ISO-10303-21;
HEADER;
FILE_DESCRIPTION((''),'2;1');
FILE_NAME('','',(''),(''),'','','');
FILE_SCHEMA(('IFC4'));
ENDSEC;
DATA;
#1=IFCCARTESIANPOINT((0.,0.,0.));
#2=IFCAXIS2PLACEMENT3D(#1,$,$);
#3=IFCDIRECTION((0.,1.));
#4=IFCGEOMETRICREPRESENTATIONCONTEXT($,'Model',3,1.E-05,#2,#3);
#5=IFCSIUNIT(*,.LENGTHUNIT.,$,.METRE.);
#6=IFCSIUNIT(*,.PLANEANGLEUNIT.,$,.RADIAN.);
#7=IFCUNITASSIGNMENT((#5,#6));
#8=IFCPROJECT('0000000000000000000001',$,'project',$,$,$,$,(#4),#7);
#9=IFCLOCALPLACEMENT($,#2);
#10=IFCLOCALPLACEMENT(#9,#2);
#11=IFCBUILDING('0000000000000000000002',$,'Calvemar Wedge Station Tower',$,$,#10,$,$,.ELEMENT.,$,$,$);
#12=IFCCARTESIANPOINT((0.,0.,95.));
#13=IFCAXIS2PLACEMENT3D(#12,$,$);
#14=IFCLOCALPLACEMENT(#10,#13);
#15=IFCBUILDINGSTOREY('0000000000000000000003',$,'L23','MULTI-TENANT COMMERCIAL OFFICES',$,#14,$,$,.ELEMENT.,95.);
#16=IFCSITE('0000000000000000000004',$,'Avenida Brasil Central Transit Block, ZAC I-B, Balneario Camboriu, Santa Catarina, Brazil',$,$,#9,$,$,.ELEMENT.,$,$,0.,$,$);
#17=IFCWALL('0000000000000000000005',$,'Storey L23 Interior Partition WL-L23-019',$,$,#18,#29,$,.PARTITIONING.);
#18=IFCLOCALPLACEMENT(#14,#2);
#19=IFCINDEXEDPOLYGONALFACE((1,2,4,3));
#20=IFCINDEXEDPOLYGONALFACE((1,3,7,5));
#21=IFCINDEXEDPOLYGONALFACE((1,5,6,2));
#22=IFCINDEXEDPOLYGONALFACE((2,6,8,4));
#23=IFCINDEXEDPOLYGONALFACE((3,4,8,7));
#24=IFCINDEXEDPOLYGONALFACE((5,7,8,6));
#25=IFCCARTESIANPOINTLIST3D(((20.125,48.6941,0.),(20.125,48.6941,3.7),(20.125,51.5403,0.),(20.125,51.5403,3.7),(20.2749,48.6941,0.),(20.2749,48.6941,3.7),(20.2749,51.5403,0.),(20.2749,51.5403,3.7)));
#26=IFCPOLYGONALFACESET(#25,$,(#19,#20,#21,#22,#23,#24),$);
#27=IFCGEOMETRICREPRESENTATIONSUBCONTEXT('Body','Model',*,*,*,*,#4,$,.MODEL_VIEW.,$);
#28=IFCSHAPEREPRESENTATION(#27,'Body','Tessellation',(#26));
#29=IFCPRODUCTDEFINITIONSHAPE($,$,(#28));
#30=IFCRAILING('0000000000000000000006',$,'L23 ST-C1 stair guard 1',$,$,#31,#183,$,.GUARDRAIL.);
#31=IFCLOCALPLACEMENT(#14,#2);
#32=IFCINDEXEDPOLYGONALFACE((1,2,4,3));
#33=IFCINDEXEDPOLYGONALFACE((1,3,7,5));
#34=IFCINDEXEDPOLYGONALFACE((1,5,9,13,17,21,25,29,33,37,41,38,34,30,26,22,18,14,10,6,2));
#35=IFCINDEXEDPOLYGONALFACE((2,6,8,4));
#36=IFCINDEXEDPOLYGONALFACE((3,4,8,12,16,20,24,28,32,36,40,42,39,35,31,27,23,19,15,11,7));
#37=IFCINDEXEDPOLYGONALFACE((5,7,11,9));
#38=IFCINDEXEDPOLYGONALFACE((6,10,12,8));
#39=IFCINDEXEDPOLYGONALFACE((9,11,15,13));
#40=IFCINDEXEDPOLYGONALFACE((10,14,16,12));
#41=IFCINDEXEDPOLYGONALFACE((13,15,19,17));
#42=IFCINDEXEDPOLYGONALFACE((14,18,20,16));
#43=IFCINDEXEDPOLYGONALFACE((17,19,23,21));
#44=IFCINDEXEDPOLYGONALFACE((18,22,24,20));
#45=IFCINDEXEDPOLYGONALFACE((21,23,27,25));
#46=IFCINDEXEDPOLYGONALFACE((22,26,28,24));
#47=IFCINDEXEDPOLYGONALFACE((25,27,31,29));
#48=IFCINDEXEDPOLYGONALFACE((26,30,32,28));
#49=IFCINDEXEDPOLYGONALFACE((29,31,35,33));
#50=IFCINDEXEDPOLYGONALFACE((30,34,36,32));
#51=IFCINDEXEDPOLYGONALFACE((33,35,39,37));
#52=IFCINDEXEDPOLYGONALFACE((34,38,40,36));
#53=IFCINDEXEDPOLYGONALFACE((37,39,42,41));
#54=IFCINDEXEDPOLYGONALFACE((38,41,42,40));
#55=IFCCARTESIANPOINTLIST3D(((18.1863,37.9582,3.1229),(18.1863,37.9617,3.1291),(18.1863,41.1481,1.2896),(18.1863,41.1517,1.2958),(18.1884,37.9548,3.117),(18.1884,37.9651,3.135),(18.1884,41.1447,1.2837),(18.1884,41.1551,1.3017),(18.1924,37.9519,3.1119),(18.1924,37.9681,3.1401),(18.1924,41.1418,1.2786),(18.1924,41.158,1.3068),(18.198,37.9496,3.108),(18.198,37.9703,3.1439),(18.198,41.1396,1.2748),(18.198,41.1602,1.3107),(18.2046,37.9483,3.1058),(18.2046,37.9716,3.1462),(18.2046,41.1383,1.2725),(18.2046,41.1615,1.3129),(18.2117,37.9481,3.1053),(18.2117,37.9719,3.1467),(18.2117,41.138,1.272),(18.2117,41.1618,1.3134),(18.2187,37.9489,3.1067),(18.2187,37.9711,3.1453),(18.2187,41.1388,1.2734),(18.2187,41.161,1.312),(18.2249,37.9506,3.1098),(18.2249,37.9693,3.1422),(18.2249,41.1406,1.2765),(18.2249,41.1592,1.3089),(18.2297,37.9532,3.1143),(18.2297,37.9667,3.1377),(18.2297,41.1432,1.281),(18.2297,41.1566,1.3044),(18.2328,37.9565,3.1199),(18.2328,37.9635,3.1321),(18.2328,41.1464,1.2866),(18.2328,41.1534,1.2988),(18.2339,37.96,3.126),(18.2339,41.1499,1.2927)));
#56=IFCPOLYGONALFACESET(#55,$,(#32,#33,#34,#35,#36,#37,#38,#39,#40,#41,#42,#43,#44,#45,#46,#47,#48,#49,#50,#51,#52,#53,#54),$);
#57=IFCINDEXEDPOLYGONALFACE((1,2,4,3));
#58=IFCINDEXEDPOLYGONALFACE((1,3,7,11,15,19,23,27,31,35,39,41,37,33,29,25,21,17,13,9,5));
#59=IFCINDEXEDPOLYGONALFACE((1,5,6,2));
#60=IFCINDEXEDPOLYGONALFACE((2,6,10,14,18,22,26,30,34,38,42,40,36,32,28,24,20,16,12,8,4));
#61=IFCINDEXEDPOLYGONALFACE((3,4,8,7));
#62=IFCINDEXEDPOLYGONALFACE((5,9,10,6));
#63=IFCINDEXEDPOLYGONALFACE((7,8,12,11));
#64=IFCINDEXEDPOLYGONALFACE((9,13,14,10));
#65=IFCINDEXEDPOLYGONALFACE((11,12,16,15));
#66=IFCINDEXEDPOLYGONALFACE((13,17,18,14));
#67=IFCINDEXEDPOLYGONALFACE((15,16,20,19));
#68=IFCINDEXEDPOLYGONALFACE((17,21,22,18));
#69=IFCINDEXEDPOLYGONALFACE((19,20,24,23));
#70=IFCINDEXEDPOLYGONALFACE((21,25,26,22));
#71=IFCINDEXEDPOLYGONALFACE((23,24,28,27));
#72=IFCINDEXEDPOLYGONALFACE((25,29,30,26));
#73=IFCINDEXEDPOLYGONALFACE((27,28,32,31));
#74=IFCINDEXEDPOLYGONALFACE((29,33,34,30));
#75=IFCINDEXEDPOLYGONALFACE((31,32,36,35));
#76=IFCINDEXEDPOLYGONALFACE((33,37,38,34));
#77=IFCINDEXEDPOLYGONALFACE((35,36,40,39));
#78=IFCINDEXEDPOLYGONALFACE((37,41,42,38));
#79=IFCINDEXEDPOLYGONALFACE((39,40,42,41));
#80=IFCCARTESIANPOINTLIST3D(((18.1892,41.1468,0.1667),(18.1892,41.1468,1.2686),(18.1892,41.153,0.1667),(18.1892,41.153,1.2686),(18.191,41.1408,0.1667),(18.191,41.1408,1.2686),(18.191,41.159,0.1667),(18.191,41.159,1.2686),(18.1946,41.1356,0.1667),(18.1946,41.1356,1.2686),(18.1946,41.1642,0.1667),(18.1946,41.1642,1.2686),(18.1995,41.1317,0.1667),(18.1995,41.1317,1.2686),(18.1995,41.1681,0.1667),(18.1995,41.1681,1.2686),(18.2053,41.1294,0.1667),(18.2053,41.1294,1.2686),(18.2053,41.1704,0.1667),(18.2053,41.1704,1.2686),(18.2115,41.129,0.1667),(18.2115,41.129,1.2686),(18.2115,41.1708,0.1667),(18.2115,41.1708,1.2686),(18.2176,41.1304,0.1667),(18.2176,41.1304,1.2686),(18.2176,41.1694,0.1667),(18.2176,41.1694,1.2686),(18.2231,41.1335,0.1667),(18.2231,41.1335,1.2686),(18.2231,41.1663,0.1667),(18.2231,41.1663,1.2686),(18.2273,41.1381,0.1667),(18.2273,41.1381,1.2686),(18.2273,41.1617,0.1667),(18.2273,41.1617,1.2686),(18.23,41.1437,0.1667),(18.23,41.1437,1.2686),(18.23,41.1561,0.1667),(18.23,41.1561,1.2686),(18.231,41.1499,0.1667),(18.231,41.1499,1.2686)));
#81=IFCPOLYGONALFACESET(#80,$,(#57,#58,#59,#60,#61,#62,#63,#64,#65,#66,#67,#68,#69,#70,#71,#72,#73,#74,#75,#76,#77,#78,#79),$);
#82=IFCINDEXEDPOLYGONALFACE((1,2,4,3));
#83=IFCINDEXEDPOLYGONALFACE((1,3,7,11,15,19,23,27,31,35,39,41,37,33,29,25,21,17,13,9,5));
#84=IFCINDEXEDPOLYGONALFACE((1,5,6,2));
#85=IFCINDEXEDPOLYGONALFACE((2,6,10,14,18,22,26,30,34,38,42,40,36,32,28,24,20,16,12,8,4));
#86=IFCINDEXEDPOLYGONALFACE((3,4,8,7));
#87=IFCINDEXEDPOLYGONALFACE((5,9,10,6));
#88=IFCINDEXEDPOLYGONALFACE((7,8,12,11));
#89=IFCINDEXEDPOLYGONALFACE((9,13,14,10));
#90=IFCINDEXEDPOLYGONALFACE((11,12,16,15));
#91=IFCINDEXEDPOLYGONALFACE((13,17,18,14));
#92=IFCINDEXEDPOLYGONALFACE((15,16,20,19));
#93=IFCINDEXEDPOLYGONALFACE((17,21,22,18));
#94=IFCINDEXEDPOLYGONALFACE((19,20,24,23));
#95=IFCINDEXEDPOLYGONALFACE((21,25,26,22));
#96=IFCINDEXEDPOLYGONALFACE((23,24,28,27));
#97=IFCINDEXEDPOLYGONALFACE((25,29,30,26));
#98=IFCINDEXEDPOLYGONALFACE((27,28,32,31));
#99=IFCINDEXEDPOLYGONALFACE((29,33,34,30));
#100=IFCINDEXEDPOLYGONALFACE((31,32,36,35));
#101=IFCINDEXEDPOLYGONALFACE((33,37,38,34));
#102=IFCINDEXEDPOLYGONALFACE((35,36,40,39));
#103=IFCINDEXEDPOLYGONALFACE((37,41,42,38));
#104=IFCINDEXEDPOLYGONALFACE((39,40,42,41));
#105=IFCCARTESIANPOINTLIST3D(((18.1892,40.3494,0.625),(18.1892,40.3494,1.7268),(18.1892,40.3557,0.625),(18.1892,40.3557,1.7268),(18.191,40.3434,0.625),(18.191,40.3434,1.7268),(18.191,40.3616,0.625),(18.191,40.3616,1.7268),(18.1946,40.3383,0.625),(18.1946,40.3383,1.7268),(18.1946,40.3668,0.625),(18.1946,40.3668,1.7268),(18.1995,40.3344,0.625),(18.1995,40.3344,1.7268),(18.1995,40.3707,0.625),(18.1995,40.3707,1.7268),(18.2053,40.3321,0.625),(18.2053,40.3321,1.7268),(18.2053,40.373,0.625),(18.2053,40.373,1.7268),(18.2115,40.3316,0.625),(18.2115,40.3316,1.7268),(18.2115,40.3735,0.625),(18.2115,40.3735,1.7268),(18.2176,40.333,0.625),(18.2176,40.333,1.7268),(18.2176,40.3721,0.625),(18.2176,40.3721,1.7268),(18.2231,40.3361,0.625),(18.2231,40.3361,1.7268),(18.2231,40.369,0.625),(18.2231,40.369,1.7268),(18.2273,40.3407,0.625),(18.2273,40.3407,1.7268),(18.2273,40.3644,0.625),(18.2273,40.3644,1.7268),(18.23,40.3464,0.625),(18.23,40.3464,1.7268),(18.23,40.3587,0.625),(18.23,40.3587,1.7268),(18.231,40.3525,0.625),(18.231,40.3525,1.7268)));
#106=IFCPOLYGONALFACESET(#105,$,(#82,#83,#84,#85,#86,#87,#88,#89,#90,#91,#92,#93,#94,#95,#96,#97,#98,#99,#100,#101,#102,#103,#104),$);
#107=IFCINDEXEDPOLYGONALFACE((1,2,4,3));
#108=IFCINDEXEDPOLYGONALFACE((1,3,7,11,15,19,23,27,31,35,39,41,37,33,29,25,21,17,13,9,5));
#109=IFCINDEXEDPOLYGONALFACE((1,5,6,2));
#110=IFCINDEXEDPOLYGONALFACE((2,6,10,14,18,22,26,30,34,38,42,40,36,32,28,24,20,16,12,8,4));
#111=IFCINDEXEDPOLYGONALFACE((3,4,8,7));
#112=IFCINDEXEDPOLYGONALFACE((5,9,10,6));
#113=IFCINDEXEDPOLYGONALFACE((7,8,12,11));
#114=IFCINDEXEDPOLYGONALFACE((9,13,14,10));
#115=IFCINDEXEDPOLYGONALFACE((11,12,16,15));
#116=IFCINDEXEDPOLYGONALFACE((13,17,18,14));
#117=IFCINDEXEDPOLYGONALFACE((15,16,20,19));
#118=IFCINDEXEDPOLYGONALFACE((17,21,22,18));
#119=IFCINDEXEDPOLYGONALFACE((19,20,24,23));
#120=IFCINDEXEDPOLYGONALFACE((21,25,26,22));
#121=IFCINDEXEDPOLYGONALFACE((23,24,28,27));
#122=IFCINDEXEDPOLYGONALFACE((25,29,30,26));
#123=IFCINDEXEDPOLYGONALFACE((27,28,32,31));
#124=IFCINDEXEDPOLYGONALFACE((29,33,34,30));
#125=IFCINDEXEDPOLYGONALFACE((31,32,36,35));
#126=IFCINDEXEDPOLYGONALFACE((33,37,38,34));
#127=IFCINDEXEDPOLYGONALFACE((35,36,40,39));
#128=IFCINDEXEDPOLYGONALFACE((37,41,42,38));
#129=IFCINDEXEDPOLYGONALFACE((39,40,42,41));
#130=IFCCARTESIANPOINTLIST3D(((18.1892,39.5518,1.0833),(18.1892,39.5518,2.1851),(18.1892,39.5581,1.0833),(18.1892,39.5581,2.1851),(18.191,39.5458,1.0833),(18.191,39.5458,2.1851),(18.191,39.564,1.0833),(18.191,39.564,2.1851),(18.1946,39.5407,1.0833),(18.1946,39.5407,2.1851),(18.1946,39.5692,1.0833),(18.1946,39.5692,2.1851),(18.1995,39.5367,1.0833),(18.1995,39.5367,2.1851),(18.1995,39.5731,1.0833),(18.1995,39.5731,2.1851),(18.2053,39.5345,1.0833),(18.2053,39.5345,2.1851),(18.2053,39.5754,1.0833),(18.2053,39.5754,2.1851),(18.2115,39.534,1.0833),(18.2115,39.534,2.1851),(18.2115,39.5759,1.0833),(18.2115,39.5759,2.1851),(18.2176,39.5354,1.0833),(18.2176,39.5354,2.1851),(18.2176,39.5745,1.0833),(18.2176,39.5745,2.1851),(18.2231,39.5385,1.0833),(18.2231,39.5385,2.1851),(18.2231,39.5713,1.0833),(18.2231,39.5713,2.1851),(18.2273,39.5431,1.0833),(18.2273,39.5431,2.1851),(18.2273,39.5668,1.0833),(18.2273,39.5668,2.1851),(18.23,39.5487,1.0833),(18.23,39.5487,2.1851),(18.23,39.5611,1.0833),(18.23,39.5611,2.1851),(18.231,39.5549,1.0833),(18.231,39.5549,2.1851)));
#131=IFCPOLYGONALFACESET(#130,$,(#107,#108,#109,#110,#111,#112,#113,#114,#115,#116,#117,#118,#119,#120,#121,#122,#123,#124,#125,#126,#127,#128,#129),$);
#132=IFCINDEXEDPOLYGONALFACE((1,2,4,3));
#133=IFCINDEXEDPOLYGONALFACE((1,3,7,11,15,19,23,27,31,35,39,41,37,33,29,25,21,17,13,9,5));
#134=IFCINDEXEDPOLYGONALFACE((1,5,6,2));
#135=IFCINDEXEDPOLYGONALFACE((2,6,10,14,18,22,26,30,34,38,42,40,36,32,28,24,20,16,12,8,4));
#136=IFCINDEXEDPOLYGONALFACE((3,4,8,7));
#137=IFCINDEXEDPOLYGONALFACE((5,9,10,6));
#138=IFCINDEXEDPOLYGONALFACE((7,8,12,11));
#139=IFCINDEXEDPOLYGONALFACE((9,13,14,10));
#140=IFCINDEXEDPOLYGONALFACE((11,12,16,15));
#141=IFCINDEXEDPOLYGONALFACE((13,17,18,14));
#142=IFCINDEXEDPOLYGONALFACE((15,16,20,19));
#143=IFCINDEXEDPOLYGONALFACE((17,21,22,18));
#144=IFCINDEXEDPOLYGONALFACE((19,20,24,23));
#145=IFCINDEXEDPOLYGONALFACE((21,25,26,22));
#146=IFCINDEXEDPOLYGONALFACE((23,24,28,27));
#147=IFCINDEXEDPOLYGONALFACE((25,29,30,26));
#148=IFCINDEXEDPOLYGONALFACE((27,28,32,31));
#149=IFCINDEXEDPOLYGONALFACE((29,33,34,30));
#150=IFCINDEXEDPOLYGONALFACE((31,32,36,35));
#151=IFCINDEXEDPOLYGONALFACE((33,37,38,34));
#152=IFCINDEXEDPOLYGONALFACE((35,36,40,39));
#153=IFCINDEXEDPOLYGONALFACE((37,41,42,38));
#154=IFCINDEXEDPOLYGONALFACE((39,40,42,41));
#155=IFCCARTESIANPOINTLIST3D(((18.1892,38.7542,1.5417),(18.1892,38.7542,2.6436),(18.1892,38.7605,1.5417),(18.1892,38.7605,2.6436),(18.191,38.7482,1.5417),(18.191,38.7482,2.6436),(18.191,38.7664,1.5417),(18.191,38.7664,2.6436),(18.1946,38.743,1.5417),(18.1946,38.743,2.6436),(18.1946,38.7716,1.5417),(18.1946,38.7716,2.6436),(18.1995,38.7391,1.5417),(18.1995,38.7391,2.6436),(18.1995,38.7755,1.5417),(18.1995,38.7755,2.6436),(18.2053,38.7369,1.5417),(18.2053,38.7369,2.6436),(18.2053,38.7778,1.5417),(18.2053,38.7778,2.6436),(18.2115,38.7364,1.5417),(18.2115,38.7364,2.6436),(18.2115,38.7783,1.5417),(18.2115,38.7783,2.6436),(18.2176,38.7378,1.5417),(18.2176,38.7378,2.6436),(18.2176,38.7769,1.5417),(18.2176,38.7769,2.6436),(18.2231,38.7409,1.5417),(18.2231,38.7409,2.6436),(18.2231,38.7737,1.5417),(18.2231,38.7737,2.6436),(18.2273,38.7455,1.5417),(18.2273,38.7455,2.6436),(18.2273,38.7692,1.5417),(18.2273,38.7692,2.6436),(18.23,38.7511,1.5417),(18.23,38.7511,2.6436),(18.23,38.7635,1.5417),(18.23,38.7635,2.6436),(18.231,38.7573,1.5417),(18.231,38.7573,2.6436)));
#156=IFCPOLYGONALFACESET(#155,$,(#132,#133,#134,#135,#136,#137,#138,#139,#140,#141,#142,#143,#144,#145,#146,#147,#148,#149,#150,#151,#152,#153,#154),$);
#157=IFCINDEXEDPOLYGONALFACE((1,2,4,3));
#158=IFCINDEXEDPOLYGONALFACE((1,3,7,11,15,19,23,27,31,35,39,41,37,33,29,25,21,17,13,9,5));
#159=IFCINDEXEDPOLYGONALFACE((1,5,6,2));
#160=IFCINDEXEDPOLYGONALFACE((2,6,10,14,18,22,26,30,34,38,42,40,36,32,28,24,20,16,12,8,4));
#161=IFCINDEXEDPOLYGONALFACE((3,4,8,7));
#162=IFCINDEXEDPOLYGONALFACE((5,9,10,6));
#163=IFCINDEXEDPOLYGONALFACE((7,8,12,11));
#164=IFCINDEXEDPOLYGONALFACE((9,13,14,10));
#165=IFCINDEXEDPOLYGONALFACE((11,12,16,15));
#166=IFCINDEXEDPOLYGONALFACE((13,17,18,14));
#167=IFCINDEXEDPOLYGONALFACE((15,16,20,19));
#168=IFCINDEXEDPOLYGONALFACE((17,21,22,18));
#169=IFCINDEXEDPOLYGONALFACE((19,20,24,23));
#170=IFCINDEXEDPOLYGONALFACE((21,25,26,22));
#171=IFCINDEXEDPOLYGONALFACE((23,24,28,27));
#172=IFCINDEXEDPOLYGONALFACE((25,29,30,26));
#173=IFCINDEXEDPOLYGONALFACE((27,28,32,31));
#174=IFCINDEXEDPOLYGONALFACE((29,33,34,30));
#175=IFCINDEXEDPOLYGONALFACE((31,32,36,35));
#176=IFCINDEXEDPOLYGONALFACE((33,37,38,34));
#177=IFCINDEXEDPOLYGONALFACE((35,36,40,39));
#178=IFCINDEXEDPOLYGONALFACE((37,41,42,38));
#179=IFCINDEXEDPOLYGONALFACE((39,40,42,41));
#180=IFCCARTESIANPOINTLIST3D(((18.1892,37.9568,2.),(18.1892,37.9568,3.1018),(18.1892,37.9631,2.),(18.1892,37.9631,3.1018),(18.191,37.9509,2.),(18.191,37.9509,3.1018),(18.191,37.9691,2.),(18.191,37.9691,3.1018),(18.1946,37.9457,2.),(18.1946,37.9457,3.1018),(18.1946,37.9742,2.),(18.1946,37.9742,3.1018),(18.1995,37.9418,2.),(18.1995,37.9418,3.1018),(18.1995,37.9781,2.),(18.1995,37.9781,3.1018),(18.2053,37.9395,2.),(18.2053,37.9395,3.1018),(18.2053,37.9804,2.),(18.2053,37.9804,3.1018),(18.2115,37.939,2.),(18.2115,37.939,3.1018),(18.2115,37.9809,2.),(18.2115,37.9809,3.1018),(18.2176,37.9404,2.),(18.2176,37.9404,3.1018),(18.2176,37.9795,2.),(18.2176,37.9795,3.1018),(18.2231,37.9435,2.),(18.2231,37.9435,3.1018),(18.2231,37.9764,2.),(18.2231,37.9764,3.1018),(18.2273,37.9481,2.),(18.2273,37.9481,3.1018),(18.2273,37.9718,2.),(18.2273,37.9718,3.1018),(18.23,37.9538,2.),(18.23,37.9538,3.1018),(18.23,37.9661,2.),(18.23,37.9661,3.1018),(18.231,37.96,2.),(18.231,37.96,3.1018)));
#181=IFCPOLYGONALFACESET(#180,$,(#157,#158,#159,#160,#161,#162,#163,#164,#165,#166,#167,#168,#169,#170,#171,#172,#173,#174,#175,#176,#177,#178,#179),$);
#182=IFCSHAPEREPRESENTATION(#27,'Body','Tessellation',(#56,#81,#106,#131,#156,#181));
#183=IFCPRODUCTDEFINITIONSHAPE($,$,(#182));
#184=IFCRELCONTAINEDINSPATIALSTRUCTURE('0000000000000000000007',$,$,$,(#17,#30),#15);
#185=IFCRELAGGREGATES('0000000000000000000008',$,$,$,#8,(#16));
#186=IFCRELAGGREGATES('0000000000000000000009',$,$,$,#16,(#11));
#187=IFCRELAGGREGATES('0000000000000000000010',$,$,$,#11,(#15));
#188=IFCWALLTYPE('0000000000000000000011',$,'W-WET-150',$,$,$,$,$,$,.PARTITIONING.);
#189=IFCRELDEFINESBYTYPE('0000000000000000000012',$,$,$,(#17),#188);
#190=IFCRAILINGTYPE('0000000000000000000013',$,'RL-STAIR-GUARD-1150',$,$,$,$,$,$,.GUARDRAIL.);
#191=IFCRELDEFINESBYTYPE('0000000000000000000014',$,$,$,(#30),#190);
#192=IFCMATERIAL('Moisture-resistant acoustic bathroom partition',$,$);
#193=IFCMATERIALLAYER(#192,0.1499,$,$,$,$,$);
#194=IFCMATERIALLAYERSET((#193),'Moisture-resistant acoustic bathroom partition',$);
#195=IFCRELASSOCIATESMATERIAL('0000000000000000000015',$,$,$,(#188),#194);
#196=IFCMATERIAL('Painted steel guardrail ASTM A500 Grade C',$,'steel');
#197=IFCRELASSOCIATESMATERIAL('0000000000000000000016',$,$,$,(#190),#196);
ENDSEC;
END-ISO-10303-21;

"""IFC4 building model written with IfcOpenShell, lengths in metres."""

from ifc_helpers import new_model, si_unit, direction, frame, frame_2d, origin, origin_2d, place, context, subcontext, project, spatial, rectangle, circle, extrude, material, layer, layer_set, type_object, element, save


model = new_model("IFC4")

# Units and contexts
model_context = context("Model", 3, precision=1e-05, world=origin(), true_north=direction((0.0, 1.0)))
body_context = subcontext(model_context, "Body", "Model", "MODEL_VIEW")
ifc_project = project(units=[si_unit("LENGTHUNIT", "METRE"), si_unit("PLANEANGLEUNIT", "RADIAN")], contexts=[model_context])

# Site, building, storey
site_placement = place(None, origin())
site = spatial("IfcSite", under=ifc_project, at=site_placement, Name="Avenida Brasil Central Transit Block, ZAC I-B, Balneario Camboriu, Santa Catarina, Brazil", CompositionType="ELEMENT", RefElevation=0.0)
building_placement = place(site_placement, origin())
building = spatial("IfcBuilding", under=site, at=building_placement, Name="Calvemar Wedge Station Tower", CompositionType="ELEMENT")
storey_placement = place(building_placement, frame((0.0, 0.0, 95.0)))
storey = spatial("IfcBuildingStorey", under=building, at=storey_placement, Name="L23", Description="MULTI-TENANT COMMERCIAL OFFICES", CompositionType="ELEMENT", Elevation=95.0)

# Wall
ifc_material_1 = material(Name="Moisture-resistant acoustic bathroom partition")
ifc_layer_1 = layer(ifc_material_1, 0.1499)
ifc_layer_set_1 = layer_set([ifc_layer_1], Name="Moisture-resistant acoustic bathroom partition")
wall_type_1 = type_object("IfcWallType", Name="W-WET-150", PredefinedType="PARTITIONING", material=ifc_layer_set_1)
wall_1_placement = place(storey_placement, frame((20.2, 51.5403, 0.0), z_axis=(0.0, 0.0, 1.0), x_axis=(0.0, -1.0, 0.0)))
element("IfcWall", 1, at=wall_1_placement, inside=storey, type_object=wall_type_1, Name="Storey L23 Interior Partition WL-L23-019", PredefinedType="PARTITIONING", context=body_context, shape_type="SweptSolid", body=[
    extrude(rectangle(XDim=2.8462, YDim=0.1499, at=frame_2d((1.4231, 0.0))), origin(), (0.0, 0.0, 1.0), 3.7),
])

# Railing
ifc_material_2 = material(Name="Painted steel guardrail ASTM A500 Grade C", Category="steel")
railing_type = type_object("IfcRailingType", Name="RL-STAIR-GUARD-1150", PredefinedType="GUARDRAIL", material=ifc_material_2)
railing_1_placement = place(storey_placement, frame((18.21, 41.1499, 0.1667)))
element("IfcRailing", 2, at=railing_1_placement, inside=storey, type_object=railing_type, Name="L23 ST-C1 stair guard 1", PredefinedType="GUARDRAIL", context=body_context, shape_type="SweptSolid", body=[
    extrude(circle(Radius=0.0239, at=origin_2d()), frame((0.0, 0.0, 1.126), z_axis=(0.0, -0.86702, 0.498274), x_axis=(1.0, 0.0, 0.0)), (0.0, 0.0, 1.0), 3.6792),
    extrude(circle(Radius=0.021, at=origin_2d()), origin(), (0.0, 0.0, 1.0), 1.1018),
    extrude(circle(Radius=0.021, at=origin_2d()), frame((0.0, -0.7974, 0.4583)), (0.0, 0.0, 1.0), 1.1018),
    extrude(circle(Radius=0.021, at=origin_2d()), frame((0.0, -1.595, 0.9165)), (0.0, 0.0, 1.0), 1.1018),
    extrude(circle(Radius=0.021, at=origin_2d()), frame((0.0, -2.3926, 1.375)), (0.0, 0.0, 1.0), 1.1018),
    extrude(circle(Radius=0.021, at=origin_2d()), frame((0.0, -3.1899, 1.8333)), (0.0, 0.0, 1.0), 1.1018),
])

save(model, "model.ifc")
